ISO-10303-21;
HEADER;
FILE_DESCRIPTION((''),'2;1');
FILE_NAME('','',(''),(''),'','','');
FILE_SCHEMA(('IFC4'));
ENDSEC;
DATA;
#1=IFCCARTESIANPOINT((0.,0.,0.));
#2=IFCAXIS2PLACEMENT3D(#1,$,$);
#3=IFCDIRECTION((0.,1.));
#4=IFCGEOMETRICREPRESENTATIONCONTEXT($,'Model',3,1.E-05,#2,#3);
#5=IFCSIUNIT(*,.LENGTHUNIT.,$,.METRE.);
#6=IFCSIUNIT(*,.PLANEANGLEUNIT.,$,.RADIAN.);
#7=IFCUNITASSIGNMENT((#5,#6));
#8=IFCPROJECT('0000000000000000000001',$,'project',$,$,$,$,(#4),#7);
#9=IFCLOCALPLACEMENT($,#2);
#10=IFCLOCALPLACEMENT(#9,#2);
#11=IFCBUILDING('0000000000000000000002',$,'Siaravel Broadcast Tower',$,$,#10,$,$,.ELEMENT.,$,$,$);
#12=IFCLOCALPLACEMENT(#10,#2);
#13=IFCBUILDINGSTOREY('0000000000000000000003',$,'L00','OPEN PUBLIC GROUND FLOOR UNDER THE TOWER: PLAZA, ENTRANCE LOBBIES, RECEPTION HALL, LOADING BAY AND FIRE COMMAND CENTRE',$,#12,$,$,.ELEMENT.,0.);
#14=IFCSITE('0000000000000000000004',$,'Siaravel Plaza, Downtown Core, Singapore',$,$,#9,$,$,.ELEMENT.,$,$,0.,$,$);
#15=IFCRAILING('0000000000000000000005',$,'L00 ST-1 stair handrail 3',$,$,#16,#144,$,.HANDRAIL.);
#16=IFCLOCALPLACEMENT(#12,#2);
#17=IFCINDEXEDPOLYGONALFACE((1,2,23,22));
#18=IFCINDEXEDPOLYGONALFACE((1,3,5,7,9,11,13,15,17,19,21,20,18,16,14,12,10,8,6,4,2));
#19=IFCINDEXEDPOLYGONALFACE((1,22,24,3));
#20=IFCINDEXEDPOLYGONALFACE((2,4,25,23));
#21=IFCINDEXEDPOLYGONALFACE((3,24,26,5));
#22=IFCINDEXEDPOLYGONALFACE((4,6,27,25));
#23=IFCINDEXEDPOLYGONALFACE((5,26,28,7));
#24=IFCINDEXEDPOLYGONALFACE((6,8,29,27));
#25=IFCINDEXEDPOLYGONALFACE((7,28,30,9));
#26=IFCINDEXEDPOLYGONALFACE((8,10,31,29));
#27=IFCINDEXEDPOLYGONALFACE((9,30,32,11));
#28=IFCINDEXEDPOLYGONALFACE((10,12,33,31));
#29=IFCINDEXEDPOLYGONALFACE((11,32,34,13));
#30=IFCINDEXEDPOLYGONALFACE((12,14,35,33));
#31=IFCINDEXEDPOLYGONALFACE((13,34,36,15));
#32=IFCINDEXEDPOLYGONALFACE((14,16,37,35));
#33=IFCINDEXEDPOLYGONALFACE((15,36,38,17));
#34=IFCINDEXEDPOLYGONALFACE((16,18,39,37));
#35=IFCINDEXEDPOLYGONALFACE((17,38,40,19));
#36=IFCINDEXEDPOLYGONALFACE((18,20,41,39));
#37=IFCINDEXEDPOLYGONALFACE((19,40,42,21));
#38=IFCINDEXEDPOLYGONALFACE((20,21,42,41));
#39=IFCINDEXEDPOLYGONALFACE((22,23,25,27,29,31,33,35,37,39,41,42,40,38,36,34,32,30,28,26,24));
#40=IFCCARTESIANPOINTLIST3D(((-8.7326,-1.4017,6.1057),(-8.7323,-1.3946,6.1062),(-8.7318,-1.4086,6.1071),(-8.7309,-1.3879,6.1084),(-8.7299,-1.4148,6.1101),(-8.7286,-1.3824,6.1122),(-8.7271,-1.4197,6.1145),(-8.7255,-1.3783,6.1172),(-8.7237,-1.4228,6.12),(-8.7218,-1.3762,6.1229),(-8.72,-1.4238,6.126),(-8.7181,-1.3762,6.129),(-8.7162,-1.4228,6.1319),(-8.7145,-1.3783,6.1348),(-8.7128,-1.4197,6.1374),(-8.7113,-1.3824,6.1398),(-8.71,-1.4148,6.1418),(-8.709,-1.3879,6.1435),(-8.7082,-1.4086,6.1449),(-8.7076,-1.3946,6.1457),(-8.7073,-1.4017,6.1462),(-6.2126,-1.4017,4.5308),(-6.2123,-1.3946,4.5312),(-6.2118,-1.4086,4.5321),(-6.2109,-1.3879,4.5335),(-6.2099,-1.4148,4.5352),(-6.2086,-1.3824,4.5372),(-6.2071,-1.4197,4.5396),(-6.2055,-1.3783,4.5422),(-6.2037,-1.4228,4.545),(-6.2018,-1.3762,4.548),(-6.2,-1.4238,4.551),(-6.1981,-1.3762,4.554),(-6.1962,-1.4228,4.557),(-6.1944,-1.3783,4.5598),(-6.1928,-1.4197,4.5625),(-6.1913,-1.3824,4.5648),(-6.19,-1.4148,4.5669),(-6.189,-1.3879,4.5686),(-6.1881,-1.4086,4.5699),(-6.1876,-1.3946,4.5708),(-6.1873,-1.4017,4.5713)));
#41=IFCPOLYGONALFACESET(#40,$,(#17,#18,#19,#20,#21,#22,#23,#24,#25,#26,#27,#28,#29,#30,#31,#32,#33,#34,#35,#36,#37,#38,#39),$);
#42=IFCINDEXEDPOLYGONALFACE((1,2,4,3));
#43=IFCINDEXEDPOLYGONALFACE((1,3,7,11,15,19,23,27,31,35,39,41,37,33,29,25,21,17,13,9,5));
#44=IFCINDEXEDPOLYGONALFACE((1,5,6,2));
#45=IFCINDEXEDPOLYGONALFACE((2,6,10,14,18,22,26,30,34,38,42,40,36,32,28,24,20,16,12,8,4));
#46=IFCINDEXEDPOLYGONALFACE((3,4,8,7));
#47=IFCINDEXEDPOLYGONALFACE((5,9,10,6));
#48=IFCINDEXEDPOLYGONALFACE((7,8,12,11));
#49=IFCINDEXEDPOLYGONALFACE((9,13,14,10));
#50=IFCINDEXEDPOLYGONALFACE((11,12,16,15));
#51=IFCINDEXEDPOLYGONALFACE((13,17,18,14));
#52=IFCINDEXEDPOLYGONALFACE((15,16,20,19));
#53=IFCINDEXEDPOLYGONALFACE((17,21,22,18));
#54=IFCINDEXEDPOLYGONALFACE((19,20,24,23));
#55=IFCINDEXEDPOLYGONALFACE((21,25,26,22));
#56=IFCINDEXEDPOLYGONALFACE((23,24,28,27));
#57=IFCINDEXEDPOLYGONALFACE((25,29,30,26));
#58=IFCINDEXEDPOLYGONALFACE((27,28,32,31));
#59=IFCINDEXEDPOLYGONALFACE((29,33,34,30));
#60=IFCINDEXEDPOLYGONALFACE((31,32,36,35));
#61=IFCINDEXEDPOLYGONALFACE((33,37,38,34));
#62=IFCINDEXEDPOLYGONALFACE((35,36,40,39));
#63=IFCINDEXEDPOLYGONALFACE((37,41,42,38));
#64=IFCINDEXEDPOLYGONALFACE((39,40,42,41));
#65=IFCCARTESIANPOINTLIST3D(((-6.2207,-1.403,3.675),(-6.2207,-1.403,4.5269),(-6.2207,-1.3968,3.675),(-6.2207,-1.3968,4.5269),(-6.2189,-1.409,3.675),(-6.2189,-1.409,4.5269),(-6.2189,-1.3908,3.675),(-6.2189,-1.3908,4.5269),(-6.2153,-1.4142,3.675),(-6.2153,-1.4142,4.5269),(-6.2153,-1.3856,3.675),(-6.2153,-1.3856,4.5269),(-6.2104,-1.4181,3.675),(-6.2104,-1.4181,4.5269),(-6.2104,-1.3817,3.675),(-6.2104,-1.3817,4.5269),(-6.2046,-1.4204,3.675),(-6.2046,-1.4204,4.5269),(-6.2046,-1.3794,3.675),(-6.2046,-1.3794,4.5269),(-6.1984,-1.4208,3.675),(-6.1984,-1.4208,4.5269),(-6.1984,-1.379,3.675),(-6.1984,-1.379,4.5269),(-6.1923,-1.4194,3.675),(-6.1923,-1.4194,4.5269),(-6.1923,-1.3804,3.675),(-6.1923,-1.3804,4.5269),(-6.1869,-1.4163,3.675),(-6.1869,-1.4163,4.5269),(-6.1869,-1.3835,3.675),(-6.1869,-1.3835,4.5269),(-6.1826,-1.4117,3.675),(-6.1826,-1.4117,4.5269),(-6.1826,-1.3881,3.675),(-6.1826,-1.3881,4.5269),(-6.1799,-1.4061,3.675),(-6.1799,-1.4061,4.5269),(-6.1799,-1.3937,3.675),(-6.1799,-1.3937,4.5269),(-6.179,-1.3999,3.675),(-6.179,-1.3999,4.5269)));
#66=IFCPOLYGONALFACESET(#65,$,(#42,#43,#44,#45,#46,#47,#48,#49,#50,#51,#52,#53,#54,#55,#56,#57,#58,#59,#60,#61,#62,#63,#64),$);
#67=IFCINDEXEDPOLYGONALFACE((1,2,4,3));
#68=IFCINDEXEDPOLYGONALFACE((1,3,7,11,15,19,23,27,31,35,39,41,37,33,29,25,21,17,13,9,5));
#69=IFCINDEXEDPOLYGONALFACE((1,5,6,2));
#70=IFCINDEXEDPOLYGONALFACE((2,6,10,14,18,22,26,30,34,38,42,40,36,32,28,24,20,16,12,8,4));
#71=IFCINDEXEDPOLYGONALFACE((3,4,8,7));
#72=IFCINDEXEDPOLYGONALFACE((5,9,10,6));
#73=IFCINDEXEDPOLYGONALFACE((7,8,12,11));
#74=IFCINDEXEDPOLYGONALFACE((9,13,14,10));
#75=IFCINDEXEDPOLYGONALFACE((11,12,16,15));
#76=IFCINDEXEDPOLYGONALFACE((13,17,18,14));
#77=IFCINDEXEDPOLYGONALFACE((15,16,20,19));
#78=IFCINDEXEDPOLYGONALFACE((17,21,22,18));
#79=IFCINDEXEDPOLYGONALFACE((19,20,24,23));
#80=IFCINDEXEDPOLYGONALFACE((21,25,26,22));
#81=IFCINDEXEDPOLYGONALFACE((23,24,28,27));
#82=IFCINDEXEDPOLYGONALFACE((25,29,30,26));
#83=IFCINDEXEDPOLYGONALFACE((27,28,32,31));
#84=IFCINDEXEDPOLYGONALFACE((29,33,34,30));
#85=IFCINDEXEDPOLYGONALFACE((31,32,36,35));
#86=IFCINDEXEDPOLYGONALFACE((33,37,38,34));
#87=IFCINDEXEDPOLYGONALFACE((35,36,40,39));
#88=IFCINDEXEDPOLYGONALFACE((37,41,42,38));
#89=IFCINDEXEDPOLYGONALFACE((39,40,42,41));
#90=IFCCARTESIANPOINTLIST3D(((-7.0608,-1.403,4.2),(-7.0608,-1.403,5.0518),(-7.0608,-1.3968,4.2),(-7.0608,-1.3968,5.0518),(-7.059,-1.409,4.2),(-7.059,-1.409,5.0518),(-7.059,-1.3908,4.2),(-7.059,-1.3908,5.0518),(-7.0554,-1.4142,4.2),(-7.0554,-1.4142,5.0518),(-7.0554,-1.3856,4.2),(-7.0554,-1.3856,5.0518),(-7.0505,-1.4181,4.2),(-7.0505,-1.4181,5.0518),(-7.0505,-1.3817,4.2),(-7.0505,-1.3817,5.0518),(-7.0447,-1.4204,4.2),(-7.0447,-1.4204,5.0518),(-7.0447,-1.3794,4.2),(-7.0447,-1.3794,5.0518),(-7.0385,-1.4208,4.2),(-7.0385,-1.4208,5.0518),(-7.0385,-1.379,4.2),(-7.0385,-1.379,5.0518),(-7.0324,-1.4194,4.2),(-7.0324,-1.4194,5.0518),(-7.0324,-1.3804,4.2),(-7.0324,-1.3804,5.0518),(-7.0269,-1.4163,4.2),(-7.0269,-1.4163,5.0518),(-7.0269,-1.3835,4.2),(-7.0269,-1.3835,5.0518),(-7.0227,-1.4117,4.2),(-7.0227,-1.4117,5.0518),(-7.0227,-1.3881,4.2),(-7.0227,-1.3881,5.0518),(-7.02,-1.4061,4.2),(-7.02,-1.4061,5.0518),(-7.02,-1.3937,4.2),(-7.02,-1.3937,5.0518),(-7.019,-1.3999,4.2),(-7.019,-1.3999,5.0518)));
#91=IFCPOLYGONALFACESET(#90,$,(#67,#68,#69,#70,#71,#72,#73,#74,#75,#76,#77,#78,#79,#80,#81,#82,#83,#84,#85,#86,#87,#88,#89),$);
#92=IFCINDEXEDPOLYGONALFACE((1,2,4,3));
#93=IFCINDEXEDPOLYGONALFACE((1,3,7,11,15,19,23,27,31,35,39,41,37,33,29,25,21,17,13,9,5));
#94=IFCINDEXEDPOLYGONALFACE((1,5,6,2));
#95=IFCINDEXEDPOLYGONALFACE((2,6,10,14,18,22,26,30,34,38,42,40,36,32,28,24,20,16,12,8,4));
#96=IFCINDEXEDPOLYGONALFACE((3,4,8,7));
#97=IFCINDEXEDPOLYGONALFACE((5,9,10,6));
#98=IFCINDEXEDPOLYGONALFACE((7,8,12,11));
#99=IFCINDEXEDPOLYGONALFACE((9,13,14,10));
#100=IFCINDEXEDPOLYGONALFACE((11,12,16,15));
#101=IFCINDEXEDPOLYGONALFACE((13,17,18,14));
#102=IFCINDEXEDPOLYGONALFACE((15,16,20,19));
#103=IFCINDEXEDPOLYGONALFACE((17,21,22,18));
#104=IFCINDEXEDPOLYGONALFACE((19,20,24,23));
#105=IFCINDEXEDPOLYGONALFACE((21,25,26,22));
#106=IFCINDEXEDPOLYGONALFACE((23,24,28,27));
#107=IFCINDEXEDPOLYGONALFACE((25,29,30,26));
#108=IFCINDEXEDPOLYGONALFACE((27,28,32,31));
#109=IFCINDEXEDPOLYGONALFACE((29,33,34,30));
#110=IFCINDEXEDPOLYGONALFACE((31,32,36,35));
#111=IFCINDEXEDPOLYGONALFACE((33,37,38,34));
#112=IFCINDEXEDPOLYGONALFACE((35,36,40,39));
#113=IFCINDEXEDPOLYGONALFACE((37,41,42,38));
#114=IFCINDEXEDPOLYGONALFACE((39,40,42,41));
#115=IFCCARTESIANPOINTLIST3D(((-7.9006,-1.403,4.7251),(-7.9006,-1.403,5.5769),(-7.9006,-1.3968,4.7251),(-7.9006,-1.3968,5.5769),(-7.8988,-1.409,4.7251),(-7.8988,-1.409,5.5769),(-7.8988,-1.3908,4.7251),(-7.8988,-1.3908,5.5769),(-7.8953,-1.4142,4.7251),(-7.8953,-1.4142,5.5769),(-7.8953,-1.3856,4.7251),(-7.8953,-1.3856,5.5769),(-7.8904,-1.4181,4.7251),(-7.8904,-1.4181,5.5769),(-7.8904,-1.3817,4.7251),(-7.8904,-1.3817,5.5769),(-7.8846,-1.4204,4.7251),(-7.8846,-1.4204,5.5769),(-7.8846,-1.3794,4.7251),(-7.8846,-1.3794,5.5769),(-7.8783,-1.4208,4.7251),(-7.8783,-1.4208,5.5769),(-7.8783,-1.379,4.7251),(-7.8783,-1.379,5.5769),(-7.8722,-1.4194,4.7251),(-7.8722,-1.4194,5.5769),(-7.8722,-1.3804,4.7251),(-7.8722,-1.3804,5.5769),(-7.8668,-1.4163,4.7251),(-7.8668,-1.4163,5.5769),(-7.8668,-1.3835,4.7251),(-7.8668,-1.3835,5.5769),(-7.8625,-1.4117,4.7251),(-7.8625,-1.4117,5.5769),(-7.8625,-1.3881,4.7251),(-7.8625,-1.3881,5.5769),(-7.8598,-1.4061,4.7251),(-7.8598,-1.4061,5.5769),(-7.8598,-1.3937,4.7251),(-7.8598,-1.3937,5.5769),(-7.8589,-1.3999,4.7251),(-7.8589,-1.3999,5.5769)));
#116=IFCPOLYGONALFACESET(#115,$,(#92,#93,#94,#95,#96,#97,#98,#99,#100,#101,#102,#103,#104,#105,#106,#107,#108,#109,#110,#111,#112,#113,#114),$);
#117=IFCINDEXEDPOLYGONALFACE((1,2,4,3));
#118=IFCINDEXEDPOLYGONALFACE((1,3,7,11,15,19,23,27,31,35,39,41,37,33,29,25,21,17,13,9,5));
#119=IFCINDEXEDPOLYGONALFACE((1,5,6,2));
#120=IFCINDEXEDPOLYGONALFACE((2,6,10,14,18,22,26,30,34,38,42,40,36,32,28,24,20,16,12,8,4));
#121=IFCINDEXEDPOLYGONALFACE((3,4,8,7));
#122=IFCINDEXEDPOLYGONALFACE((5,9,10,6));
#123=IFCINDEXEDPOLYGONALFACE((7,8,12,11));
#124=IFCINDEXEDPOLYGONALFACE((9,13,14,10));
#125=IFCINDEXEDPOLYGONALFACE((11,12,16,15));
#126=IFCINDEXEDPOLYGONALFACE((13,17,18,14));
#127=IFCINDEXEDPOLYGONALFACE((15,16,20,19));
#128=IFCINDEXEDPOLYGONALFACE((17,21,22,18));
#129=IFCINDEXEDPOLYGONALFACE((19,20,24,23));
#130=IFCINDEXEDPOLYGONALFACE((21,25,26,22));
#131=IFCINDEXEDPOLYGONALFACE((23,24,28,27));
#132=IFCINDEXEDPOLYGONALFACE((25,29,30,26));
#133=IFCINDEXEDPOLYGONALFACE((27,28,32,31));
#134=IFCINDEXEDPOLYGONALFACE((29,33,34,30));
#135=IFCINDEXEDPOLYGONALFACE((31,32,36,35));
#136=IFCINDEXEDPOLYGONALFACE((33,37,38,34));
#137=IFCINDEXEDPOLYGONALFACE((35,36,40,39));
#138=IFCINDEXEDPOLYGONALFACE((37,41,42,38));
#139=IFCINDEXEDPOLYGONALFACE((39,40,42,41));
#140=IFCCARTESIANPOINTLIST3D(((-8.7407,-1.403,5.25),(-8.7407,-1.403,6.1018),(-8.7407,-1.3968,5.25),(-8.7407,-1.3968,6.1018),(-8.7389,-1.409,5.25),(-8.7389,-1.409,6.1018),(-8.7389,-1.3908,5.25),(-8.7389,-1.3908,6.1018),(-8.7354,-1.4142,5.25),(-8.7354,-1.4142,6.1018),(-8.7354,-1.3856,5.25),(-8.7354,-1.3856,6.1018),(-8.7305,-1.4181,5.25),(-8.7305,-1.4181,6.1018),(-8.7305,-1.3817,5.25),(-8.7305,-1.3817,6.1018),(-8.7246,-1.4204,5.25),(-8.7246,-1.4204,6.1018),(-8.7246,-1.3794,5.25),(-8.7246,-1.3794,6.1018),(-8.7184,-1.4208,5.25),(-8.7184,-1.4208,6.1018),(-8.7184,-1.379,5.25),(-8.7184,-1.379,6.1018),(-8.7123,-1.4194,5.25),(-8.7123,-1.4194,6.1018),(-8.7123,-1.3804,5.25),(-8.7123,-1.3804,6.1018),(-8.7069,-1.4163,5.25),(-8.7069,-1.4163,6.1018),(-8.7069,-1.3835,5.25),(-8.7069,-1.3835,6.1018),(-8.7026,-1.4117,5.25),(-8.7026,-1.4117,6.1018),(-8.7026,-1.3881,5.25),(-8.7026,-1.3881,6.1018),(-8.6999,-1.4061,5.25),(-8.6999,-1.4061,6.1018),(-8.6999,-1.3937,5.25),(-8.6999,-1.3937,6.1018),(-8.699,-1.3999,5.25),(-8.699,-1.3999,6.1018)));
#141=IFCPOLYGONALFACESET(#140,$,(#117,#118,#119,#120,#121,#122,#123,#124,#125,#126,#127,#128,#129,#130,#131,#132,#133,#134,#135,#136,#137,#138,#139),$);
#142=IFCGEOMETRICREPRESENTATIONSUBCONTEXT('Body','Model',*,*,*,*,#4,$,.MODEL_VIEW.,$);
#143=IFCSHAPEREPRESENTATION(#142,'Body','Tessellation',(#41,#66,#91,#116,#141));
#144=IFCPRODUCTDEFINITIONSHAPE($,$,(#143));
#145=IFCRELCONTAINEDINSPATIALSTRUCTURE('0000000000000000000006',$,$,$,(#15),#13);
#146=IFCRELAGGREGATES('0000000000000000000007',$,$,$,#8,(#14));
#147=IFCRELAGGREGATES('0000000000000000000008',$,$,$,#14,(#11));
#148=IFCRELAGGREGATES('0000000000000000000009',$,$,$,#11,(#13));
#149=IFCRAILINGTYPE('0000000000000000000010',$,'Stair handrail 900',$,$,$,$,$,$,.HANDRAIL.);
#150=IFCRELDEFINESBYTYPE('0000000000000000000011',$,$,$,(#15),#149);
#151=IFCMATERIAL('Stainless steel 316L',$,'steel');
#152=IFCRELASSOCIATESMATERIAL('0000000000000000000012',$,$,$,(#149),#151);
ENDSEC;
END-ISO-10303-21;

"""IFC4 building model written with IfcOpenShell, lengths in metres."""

from ifc_helpers import new_model, si_unit, direction, frame, origin, origin_2d, place, context, subcontext, project, spatial, circle, extrude, material, type_object, element, save


model = new_model("IFC4")

# Units and contexts
model_context = context("Model", 3, precision=1e-05, world=origin(), true_north=direction((0.0, 1.0)))
body_context = subcontext(model_context, "Body", "Model", "MODEL_VIEW")
ifc_project = project(units=[si_unit("LENGTHUNIT", "METRE"), si_unit("PLANEANGLEUNIT", "RADIAN")], contexts=[model_context])

# Site, building, storey
site_placement = place(None, origin())
site = spatial("IfcSite", under=ifc_project, at=site_placement, Name="Siaravel Plaza, Downtown Core, Singapore", CompositionType="ELEMENT", RefElevation=0.0)
building_placement = place(site_placement, origin())
building = spatial("IfcBuilding", under=site, at=building_placement, Name="Siaravel Broadcast Tower", CompositionType="ELEMENT")
storey_placement = place(building_placement, origin())
storey = spatial("IfcBuildingStorey", under=building, at=storey_placement, Name="L00", Description="OPEN PUBLIC GROUND FLOOR UNDER THE TOWER: PLAZA, ENTRANCE LOBBIES, RECEPTION HALL, LOADING BAY AND FIRE COMMAND CENTRE", CompositionType="ELEMENT", Elevation=0.0)

# Shared definitions
ifc_material_1 = material(Name="Stainless steel 316L", Category="steel")

# Railing
railing_type_1 = type_object("IfcRailingType", Name="Stair handrail 900", PredefinedType="HANDRAIL", material=ifc_material_1)
for number, where, name in (
    (1, (-6.2, -1.3999, 3.675), "L00 ST-1 stair handrail 3"),
):
    element("IfcRailing", number, at=place(storey_placement, frame(where)), inside=storey, type_object=railing_type_1, Name=name, PredefinedType="HANDRAIL", context=body_context, shape_type="SweptSolid", body=[
        extrude(circle(Radius=0.0239, at=origin_2d()), frame((0.0, 0.0, 0.876), z_axis=(-0.848008, 0.0, 0.529984), x_axis=(0.0, -1.0, 0.0)), (0.0, 0.0, 1.0), 2.9717),
        extrude(circle(Radius=0.021, at=origin_2d()), origin(), (0.0, 0.0, 1.0), 0.8518),
        extrude(circle(Radius=0.021, at=origin_2d()), frame((-0.8401, 0.0, 0.5249)), (0.0, 0.0, 1.0), 0.8518),
        extrude(circle(Radius=0.021, at=origin_2d()), frame((-1.6799, 0.0, 1.05)), (0.0, 0.0, 1.0), 0.8518),
        extrude(circle(Radius=0.021, at=origin_2d()), frame((-2.52, 0.0, 1.575)), (0.0, 0.0, 1.0), 0.8518),
    ])

save(model, "model.ifc")
